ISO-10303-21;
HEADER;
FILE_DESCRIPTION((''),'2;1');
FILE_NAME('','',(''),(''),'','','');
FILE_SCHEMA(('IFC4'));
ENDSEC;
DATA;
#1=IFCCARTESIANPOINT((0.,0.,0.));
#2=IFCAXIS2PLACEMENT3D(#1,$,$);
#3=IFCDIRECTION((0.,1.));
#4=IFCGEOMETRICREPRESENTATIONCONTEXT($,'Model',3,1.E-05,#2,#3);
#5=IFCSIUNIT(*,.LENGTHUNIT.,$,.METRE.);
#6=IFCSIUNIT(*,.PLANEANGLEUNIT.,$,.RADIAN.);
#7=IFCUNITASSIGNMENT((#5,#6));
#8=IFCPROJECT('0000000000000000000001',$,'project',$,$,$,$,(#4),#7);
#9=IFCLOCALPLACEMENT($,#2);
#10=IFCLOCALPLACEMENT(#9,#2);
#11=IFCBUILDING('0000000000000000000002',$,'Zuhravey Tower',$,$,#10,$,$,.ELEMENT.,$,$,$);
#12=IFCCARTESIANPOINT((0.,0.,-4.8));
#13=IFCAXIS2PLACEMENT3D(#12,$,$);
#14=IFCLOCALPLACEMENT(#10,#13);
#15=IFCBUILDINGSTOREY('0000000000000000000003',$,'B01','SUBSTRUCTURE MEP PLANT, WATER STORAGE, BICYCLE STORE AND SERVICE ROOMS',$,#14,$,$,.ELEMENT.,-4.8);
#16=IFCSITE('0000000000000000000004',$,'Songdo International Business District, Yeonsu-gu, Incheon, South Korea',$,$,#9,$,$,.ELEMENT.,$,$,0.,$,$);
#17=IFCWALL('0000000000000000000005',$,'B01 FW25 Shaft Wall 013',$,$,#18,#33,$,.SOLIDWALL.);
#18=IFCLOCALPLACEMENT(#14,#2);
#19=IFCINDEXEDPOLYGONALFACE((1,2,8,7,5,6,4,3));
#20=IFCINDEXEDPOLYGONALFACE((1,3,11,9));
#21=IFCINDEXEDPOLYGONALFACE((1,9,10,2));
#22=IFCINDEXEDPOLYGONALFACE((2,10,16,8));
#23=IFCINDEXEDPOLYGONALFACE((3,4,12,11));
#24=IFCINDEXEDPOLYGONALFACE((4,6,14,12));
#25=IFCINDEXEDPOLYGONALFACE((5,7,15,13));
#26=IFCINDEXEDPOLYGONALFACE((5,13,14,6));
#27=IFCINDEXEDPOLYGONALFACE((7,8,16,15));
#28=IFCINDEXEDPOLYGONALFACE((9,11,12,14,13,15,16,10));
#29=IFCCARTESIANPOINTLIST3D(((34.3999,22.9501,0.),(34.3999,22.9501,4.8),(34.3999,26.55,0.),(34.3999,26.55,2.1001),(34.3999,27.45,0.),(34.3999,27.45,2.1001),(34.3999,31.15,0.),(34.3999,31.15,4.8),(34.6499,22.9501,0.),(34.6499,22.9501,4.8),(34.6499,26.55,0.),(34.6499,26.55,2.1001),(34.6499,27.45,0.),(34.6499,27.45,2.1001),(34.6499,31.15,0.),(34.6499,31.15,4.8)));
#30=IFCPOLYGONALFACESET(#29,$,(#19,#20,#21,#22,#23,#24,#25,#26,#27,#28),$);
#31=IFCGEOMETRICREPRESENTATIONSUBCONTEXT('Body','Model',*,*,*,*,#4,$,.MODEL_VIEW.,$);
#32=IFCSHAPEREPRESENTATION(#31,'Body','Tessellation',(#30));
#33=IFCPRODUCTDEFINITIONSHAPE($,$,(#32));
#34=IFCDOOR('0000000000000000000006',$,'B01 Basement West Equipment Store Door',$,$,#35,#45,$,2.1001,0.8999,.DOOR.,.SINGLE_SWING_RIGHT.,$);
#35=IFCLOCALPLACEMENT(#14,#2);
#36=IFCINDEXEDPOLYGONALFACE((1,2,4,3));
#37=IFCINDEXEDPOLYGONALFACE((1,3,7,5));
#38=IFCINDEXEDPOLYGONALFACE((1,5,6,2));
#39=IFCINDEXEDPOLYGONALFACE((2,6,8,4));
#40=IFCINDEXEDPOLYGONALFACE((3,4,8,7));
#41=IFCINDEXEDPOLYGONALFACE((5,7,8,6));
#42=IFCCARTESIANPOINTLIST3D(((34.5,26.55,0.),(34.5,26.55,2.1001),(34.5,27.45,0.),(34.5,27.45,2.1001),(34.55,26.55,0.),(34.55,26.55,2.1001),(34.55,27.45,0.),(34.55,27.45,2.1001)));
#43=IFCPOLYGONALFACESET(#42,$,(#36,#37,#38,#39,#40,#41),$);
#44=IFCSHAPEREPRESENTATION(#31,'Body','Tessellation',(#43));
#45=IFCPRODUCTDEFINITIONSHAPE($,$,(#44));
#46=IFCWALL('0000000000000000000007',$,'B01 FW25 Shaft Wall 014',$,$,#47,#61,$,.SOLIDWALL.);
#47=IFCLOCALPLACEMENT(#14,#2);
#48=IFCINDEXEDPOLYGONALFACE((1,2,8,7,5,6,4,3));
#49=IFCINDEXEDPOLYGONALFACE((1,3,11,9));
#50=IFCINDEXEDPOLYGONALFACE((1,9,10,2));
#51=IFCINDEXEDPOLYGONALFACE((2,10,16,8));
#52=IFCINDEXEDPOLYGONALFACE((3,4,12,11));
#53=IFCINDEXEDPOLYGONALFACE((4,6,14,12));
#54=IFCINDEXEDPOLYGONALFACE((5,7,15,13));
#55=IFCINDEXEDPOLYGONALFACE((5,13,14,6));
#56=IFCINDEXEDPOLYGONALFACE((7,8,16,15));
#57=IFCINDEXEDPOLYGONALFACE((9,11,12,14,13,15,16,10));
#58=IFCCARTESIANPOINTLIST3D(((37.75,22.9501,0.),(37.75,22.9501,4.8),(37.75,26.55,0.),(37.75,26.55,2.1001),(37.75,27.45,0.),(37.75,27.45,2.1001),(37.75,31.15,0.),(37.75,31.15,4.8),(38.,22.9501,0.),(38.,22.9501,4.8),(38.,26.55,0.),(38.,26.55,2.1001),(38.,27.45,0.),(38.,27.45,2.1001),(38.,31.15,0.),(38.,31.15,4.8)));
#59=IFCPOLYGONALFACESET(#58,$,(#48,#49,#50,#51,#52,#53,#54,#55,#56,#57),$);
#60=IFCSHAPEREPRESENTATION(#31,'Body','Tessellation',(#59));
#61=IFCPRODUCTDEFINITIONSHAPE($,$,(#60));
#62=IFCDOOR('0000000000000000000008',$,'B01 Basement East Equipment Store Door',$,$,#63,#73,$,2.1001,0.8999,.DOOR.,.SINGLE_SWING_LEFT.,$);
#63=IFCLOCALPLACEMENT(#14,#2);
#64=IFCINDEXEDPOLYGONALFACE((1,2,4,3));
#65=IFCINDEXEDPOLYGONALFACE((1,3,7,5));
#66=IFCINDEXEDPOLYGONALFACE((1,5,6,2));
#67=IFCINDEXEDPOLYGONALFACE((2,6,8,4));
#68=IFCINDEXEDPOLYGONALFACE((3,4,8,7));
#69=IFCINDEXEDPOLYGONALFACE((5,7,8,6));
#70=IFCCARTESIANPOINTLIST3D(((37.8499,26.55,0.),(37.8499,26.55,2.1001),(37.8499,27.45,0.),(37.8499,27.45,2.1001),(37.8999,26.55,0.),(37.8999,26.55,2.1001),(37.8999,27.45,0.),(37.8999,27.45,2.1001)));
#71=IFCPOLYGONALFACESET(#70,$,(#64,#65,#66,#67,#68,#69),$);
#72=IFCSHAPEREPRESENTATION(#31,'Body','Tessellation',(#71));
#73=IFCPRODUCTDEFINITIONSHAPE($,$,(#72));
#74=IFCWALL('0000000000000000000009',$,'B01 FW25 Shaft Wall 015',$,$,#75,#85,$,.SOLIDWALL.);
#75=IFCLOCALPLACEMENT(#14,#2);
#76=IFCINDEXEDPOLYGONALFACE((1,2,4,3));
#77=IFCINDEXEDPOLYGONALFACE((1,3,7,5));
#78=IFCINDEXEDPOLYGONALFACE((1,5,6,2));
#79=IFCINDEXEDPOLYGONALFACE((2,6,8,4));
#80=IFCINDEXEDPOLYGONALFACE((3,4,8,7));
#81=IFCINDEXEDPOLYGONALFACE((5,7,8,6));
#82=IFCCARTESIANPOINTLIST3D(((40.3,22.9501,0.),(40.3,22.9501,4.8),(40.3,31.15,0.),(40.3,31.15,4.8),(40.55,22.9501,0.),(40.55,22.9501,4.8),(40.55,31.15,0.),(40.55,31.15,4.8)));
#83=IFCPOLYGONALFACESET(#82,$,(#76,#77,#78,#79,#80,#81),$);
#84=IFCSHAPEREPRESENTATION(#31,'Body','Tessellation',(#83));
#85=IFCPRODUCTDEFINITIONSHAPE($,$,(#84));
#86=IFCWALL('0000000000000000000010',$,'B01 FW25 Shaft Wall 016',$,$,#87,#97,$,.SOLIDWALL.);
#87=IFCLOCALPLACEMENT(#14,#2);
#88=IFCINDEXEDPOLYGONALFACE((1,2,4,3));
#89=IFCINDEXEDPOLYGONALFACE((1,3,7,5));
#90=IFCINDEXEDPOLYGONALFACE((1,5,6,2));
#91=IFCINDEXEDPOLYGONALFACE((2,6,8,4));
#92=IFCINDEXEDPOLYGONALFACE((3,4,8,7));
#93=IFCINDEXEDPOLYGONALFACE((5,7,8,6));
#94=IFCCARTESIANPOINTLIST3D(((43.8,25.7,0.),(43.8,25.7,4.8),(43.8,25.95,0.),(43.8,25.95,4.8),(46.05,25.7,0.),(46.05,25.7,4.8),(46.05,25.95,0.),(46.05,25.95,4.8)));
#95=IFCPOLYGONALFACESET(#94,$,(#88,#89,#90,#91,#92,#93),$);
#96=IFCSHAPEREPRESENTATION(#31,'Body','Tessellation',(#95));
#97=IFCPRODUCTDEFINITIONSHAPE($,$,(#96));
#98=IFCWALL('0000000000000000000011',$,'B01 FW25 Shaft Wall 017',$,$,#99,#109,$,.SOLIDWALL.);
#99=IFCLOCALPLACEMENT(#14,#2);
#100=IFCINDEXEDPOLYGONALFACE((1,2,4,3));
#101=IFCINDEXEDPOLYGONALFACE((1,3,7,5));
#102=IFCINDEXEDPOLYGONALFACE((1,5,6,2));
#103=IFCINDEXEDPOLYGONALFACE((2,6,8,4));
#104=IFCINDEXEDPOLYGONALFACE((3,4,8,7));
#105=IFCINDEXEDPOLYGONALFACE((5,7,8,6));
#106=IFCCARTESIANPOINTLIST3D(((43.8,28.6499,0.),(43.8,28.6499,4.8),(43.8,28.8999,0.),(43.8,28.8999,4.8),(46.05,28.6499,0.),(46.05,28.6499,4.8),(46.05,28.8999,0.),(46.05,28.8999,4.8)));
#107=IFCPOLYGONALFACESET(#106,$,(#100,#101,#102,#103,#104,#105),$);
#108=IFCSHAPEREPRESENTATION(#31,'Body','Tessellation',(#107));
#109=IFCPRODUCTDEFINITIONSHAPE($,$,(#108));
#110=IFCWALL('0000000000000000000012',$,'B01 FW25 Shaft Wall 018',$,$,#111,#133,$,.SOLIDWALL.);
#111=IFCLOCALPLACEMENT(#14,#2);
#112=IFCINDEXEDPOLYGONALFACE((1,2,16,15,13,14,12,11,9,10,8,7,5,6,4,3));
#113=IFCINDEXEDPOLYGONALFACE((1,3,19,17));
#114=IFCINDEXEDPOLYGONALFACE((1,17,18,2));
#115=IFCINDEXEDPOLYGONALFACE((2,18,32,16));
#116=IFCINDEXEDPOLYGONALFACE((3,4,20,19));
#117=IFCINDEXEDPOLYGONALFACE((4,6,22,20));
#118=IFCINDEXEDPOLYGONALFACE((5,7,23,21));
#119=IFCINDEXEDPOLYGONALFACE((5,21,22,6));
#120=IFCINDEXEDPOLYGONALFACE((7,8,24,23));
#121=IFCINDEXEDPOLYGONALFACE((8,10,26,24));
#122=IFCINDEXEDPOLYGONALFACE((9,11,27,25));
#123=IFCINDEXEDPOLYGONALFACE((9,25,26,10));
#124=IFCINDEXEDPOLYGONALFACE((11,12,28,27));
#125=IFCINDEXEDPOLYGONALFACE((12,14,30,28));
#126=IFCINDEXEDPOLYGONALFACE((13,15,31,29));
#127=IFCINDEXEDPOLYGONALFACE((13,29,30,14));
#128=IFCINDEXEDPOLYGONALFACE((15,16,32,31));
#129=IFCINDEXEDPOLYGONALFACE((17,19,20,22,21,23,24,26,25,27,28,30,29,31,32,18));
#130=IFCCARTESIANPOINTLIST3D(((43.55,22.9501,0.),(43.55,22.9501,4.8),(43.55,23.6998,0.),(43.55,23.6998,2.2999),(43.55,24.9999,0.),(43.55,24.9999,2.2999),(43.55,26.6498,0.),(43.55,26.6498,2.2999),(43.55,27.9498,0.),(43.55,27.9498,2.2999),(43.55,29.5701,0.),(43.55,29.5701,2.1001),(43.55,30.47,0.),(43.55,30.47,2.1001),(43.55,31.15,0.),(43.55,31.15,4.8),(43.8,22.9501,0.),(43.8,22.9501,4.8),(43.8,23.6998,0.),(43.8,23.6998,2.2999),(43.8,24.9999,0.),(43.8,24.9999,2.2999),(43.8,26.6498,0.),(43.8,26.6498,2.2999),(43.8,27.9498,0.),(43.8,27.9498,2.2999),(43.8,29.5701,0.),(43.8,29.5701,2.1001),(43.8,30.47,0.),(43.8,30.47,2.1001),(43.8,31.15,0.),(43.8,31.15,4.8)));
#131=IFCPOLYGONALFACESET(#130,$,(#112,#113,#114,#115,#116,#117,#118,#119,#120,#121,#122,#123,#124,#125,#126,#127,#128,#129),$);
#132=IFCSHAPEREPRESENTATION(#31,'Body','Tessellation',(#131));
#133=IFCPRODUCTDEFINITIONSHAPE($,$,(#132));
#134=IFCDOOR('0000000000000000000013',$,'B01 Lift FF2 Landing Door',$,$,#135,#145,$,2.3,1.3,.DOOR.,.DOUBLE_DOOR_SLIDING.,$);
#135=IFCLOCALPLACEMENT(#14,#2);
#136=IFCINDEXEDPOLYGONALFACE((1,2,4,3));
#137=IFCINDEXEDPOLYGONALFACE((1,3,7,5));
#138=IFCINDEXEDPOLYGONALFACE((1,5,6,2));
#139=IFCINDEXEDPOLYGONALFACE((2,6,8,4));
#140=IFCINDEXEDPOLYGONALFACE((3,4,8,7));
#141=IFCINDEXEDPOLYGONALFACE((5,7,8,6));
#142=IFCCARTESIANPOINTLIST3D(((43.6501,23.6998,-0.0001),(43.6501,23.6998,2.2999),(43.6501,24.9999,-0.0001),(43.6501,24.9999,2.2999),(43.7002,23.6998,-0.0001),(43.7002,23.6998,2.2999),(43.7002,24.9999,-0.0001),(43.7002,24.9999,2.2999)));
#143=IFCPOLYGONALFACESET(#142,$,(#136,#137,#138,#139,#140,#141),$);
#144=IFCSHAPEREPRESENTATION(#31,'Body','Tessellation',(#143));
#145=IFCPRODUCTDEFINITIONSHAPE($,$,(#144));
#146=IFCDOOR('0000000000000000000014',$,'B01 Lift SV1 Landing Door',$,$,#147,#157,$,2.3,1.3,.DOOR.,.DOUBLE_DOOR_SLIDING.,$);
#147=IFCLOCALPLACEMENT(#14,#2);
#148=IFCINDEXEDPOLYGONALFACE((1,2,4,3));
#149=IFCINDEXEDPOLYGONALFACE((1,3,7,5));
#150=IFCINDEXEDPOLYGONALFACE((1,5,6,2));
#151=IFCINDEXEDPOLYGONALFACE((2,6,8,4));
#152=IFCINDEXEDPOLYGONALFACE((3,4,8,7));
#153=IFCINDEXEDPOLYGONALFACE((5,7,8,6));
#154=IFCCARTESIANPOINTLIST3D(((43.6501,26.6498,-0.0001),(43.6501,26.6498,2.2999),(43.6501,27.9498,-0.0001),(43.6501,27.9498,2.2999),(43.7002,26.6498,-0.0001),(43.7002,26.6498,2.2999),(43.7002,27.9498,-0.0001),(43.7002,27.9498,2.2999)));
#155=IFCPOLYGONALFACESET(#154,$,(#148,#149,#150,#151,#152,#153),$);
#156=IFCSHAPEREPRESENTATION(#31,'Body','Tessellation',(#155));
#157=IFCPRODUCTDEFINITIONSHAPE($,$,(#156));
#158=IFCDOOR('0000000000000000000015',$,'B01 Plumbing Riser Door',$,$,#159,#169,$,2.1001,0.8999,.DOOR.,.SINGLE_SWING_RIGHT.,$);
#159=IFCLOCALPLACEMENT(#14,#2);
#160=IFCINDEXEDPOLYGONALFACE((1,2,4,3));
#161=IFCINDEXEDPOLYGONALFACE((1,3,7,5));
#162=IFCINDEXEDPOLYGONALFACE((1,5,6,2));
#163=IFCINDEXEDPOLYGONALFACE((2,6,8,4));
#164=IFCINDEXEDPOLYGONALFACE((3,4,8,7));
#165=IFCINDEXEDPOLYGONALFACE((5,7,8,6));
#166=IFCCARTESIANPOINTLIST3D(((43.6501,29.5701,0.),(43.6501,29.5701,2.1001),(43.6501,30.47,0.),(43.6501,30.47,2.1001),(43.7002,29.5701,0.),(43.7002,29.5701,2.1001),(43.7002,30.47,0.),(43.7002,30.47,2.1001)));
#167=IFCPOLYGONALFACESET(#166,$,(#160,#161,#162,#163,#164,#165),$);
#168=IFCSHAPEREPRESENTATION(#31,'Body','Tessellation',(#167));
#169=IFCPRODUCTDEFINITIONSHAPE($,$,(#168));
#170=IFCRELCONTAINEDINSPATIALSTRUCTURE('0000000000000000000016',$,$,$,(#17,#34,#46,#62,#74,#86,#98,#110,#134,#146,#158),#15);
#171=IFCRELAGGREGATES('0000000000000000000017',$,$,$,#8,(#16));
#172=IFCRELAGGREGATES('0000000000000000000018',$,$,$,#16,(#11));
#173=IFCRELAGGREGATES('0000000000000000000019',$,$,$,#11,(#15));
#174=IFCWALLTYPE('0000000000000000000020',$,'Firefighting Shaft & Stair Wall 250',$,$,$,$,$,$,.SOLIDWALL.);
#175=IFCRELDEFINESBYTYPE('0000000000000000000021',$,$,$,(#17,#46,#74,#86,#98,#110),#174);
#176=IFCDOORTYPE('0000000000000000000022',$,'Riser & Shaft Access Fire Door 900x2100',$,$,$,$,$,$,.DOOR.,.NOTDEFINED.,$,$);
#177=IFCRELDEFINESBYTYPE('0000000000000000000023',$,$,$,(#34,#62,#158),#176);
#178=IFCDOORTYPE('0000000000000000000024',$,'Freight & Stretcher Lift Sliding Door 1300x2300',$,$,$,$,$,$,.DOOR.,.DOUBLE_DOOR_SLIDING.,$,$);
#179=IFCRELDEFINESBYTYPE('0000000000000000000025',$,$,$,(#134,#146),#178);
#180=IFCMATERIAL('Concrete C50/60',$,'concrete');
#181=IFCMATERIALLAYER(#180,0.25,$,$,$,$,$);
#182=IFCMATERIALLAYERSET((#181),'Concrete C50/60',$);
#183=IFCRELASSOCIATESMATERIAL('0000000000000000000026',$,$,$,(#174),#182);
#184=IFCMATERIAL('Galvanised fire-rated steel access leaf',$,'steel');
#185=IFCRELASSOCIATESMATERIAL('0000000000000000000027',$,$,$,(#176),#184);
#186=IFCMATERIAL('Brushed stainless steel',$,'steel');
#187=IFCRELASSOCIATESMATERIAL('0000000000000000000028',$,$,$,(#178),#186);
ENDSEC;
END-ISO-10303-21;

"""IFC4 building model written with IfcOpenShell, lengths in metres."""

from ifc_helpers import new_model, si_unit, direction, frame, frame_2d, origin, place, context, subcontext, project, spatial, rectangle, extrude, material, layer, layer_set, type_object, element, fill, save


model = new_model("IFC4")

# Units and contexts
model_context = context("Model", 3, precision=1e-05, world=origin(), true_north=direction((0.0, 1.0)))
body_context = subcontext(model_context, "Body", "Model", "MODEL_VIEW")
ifc_project = project(units=[si_unit("LENGTHUNIT", "METRE"), si_unit("PLANEANGLEUNIT", "RADIAN")], contexts=[model_context])

# Site, building, storey
site_placement = place(None, origin())
site = spatial("IfcSite", under=ifc_project, at=site_placement, Name="Songdo International Business District, Yeonsu-gu, Incheon, South Korea", CompositionType="ELEMENT", RefElevation=0.0)
building_placement = place(site_placement, origin())
building = spatial("IfcBuilding", under=site, at=building_placement, Name="Zuhravey Tower", CompositionType="ELEMENT")
storey_placement = place(building_placement, frame((0.0, 0.0, -4.8)))
storey = spatial("IfcBuildingStorey", under=building, at=storey_placement, Name="B01", Description="SUBSTRUCTURE MEP PLANT, WATER STORAGE, BICYCLE STORE AND SERVICE ROOMS", CompositionType="ELEMENT", Elevation=-4.8)

# Shared definitions
ifc_material_1 = material(Name="Concrete C50/60", Category="concrete")
ifc_layer_1 = layer(ifc_material_1, 0.25)
ifc_layer_set_1 = layer_set([ifc_layer_1], Name="Concrete C50/60")
wall_type_1 = type_object("IfcWallType", Name="Firefighting Shaft & Stair Wall 250", PredefinedType="SOLIDWALL", material=ifc_layer_set_1)

# Shared definitions
ifc_material_2 = material(Name="Galvanised fire-rated steel access leaf", Category="steel")
door_type_1 = type_object("IfcDoorType", Name="Riser & Shaft Access Fire Door 900x2100", OperationType="NOTDEFINED", PredefinedType="DOOR", material=ifc_material_2)

# Walls, openings, doors
wall_1_placement = place(storey_placement, frame((34.5249, 22.95, 0.0), z_axis=(0.0, 0.0, 1.0), x_axis=(0.0, 1.0, 0.0)))
wall_1 = element("IfcWall", 1, at=wall_1_placement, inside=storey, type_object=wall_type_1, Name="B01 FW25 Shaft Wall 013", PredefinedType="SOLIDWALL", context=body_context, shape_type="SweptSolid", body=[
    extrude(rectangle(XDim=8.2, YDim=0.25, at=frame_2d((4.1001, 0.0))), origin(), (0.0, 0.0, 1.0), 4.8),
])
opening_1_placement = place(wall_1_placement, frame((3.6001, 0.0, 0.0)))
opening_1 = element("IfcOpeningElement", 2, at=opening_1_placement, cuts=wall_1, PredefinedType="OPENING", context=body_context, shape_type="SweptSolid", body=[
    extrude(rectangle(XDim=0.8999, YDim=2.1001, at=frame_2d((0.45, 1.05))), frame((0.0, 0.137, 0.0), z_axis=(0.0, -1.0, 0.0), x_axis=(1.0, 0.0, 0.0)), (0.0, 0.0, 1.0), 0.2739),
])
door_1_placement = place(opening_1_placement, origin())
door_1 = element("IfcDoor", 3, at=door_1_placement, inside=storey, type_object=door_type_1, Name="B01 Basement West Equipment Store Door", OperationType="SINGLE_SWING_RIGHT", OverallHeight=2.1001, OverallWidth=0.8999, PredefinedType="DOOR", context=body_context, shape_type="SweptSolid", body=[
    extrude(rectangle(XDim=0.8999, YDim=2.1001, at=frame_2d((0.45, 1.05))), frame((0.0, 0.0249, 0.0), z_axis=(0.0, -1.0, 0.0), x_axis=(1.0, 0.0, 0.0)), (0.0, 0.0, 1.0), 0.05),
])
fill(opening_1, door_1)
wall_2_placement = place(storey_placement, frame((37.875, 22.95, 0.0), z_axis=(0.0, 0.0, 1.0), x_axis=(0.0, 1.0, 0.0)))
wall_2 = element("IfcWall", 4, at=wall_2_placement, inside=storey, type_object=wall_type_1, Name="B01 FW25 Shaft Wall 014", PredefinedType="SOLIDWALL", context=body_context, shape_type="SweptSolid", body=[
    extrude(rectangle(XDim=8.2, YDim=0.25, at=frame_2d((4.1001, 0.0))), origin(), (0.0, 0.0, 1.0), 4.8),
])
opening_2_placement = place(wall_2_placement, frame((3.6001, 0.0, 0.0)))
opening_2 = element("IfcOpeningElement", 5, at=opening_2_placement, cuts=wall_2, PredefinedType="OPENING", context=body_context, shape_type="SweptSolid", body=[
    extrude(rectangle(XDim=0.8999, YDim=2.1001, at=frame_2d((0.45, 1.05))), frame((0.0, 0.137, 0.0), z_axis=(0.0, -1.0, 0.0), x_axis=(1.0, 0.0, 0.0)), (0.0, 0.0, 1.0), 0.2739),
])
door_2_placement = place(opening_2_placement, frame((0.8999, 0.0, 0.0), z_axis=(0.0, 0.0, 1.0), x_axis=(-1.0, 0.0, 0.0)))
door_2 = element("IfcDoor", 6, at=door_2_placement, inside=storey, type_object=door_type_1, Name="B01 Basement East Equipment Store Door", OperationType="SINGLE_SWING_LEFT", OverallHeight=2.1001, OverallWidth=0.8999, PredefinedType="DOOR", context=body_context, shape_type="SweptSolid", body=[
    extrude(rectangle(XDim=0.8999, YDim=2.1001, at=frame_2d((0.45, 1.05))), frame((0.0, 0.0249, 0.0), z_axis=(0.0, -1.0, 0.0), x_axis=(1.0, 0.0, 0.0)), (0.0, 0.0, 1.0), 0.05),
])
fill(opening_2, door_2)

# Walls
wall_3_placement = place(storey_placement, frame((40.425, 22.95, 0.0), z_axis=(0.0, 0.0, 1.0), x_axis=(0.0, 1.0, 0.0)))
element("IfcWall", 7, at=wall_3_placement, inside=storey, type_object=wall_type_1, Name="B01 FW25 Shaft Wall 015", PredefinedType="SOLIDWALL", context=body_context, shape_type="SweptSolid", body=[
    extrude(rectangle(XDim=8.2, YDim=0.25, at=frame_2d((4.1001, 0.0))), origin(), (0.0, 0.0, 1.0), 4.8),
])
for number, where, z_axis, x_axis, name in (
    (8, (43.8, 25.825, 0.0), (0.0, 0.0, 1.0), (1.0, 0.0, 0.0), "B01 FW25 Shaft Wall 016"),
    (9, (43.8, 28.7749, 0.0), (0.0, 0.0, 1.0), (1.0, 0.0, 0.0), "B01 FW25 Shaft Wall 017"),
):
    element("IfcWall", number, at=place(storey_placement, frame(where, z_axis=z_axis, x_axis=x_axis)), inside=storey, type_object=wall_type_1, Name=name, PredefinedType="SOLIDWALL", context=body_context, shape_type="SweptSolid", body=[
        extrude(rectangle(XDim=2.25, YDim=0.25, at=frame_2d((1.125, 0.0))), origin(), (0.0, 0.0, 1.0), 4.8),
    ])

# Wall, openings, doors
wall_4_placement = place(storey_placement, frame((43.675, 22.95, 0.0), z_axis=(0.0, 0.0, 1.0), x_axis=(0.0, 1.0, 0.0)))
wall_4 = element("IfcWall", 10, at=wall_4_placement, inside=storey, type_object=wall_type_1, Name="B01 FW25 Shaft Wall 018", PredefinedType="SOLIDWALL", context=body_context, shape_type="SweptSolid", body=[
    extrude(rectangle(XDim=8.2, YDim=0.25, at=frame_2d((4.1001, 0.0))), origin(), (0.0, 0.0, 1.0), 4.8),
])
opening_3_placement = place(wall_4_placement, frame((0.75, 0.0, 0.0)))
opening_3 = element("IfcOpeningElement", 11, at=opening_3_placement, cuts=wall_4, PredefinedType="OPENING", context=body_context, shape_type="SweptSolid", body=[
    extrude(rectangle(XDim=1.3, YDim=2.3, at=frame_2d((0.6499, 1.1499))), frame((0.0, 0.137, 0.0), z_axis=(0.0, -1.0, 0.0), x_axis=(1.0, 0.0, 0.0)), (0.0, 0.0, 1.0), 0.2739),
])
opening_4_placement = place(wall_4_placement, frame((3.7, 0.0, 0.0)))
opening_4 = element("IfcOpeningElement", 12, at=opening_4_placement, cuts=wall_4, PredefinedType="OPENING", context=body_context, shape_type="SweptSolid", body=[
    extrude(rectangle(XDim=1.3, YDim=2.3, at=frame_2d((0.6499, 1.1499))), frame((0.0, 0.137, 0.0), z_axis=(0.0, -1.0, 0.0), x_axis=(1.0, 0.0, 0.0)), (0.0, 0.0, 1.0), 0.2739),
])
opening_5_placement = place(wall_4_placement, frame((6.6201, 0.0, 0.0)))
opening_5 = element("IfcOpeningElement", 13, at=opening_5_placement, cuts=wall_4, PredefinedType="OPENING", context=body_context, shape_type="SweptSolid", body=[
    extrude(rectangle(XDim=0.8999, YDim=2.1001, at=frame_2d((0.45, 1.05))), frame((0.0, 0.137, 0.0), z_axis=(0.0, -1.0, 0.0), x_axis=(1.0, 0.0, 0.0)), (0.0, 0.0, 1.0), 0.2739),
])
ifc_material_3 = material(Name="Brushed stainless steel", Category="steel")
door_type_2 = type_object("IfcDoorType", Name="Freight & Stretcher Lift Sliding Door 1300x2300", OperationType="DOUBLE_DOOR_SLIDING", PredefinedType="DOOR", material=ifc_material_3)
door_3_placement = place(opening_3_placement, origin())
door_3 = element("IfcDoor", 14, at=door_3_placement, inside=storey, type_object=door_type_2, Name="B01 Lift FF2 Landing Door", OperationType="DOUBLE_DOOR_SLIDING", OverallHeight=2.3, OverallWidth=1.3, PredefinedType="DOOR", context=body_context, shape_type="SweptSolid", body=[
    extrude(rectangle(XDim=1.3, YDim=2.3, at=frame_2d((0.6499, 1.1499))), frame((0.0, 0.0249, 0.0), z_axis=(0.0, -1.0, 0.0), x_axis=(1.0, 0.0, 0.0)), (0.0, 0.0, 1.0), 0.05),
])
fill(opening_3, door_3)
door_4_placement = place(opening_4_placement, origin())
door_4 = element("IfcDoor", 15, at=door_4_placement, inside=storey, type_object=door_type_2, Name="B01 Lift SV1 Landing Door", OperationType="DOUBLE_DOOR_SLIDING", OverallHeight=2.3, OverallWidth=1.3, PredefinedType="DOOR", context=body_context, shape_type="SweptSolid", body=[
    extrude(rectangle(XDim=1.3, YDim=2.3, at=frame_2d((0.6499, 1.1499))), frame((0.0, 0.0249, 0.0), z_axis=(0.0, -1.0, 0.0), x_axis=(1.0, 0.0, 0.0)), (0.0, 0.0, 1.0), 0.05),
])
fill(opening_4, door_4)
door_5_placement = place(opening_5_placement, origin())
door_5 = element("IfcDoor", 16, at=door_5_placement, inside=storey, type_object=door_type_1, Name="B01 Plumbing Riser Door", OperationType="SINGLE_SWING_RIGHT", OverallHeight=2.1001, OverallWidth=0.8999, PredefinedType="DOOR", context=body_context, shape_type="SweptSolid", body=[
    extrude(rectangle(XDim=0.8999, YDim=2.1001, at=frame_2d((0.45, 1.05))), frame((0.0, 0.0249, 0.0), z_axis=(0.0, -1.0, 0.0), x_axis=(1.0, 0.0, 0.0)), (0.0, 0.0, 1.0), 0.05),
])
fill(opening_5, door_5)

save(model, "model.ifc")
